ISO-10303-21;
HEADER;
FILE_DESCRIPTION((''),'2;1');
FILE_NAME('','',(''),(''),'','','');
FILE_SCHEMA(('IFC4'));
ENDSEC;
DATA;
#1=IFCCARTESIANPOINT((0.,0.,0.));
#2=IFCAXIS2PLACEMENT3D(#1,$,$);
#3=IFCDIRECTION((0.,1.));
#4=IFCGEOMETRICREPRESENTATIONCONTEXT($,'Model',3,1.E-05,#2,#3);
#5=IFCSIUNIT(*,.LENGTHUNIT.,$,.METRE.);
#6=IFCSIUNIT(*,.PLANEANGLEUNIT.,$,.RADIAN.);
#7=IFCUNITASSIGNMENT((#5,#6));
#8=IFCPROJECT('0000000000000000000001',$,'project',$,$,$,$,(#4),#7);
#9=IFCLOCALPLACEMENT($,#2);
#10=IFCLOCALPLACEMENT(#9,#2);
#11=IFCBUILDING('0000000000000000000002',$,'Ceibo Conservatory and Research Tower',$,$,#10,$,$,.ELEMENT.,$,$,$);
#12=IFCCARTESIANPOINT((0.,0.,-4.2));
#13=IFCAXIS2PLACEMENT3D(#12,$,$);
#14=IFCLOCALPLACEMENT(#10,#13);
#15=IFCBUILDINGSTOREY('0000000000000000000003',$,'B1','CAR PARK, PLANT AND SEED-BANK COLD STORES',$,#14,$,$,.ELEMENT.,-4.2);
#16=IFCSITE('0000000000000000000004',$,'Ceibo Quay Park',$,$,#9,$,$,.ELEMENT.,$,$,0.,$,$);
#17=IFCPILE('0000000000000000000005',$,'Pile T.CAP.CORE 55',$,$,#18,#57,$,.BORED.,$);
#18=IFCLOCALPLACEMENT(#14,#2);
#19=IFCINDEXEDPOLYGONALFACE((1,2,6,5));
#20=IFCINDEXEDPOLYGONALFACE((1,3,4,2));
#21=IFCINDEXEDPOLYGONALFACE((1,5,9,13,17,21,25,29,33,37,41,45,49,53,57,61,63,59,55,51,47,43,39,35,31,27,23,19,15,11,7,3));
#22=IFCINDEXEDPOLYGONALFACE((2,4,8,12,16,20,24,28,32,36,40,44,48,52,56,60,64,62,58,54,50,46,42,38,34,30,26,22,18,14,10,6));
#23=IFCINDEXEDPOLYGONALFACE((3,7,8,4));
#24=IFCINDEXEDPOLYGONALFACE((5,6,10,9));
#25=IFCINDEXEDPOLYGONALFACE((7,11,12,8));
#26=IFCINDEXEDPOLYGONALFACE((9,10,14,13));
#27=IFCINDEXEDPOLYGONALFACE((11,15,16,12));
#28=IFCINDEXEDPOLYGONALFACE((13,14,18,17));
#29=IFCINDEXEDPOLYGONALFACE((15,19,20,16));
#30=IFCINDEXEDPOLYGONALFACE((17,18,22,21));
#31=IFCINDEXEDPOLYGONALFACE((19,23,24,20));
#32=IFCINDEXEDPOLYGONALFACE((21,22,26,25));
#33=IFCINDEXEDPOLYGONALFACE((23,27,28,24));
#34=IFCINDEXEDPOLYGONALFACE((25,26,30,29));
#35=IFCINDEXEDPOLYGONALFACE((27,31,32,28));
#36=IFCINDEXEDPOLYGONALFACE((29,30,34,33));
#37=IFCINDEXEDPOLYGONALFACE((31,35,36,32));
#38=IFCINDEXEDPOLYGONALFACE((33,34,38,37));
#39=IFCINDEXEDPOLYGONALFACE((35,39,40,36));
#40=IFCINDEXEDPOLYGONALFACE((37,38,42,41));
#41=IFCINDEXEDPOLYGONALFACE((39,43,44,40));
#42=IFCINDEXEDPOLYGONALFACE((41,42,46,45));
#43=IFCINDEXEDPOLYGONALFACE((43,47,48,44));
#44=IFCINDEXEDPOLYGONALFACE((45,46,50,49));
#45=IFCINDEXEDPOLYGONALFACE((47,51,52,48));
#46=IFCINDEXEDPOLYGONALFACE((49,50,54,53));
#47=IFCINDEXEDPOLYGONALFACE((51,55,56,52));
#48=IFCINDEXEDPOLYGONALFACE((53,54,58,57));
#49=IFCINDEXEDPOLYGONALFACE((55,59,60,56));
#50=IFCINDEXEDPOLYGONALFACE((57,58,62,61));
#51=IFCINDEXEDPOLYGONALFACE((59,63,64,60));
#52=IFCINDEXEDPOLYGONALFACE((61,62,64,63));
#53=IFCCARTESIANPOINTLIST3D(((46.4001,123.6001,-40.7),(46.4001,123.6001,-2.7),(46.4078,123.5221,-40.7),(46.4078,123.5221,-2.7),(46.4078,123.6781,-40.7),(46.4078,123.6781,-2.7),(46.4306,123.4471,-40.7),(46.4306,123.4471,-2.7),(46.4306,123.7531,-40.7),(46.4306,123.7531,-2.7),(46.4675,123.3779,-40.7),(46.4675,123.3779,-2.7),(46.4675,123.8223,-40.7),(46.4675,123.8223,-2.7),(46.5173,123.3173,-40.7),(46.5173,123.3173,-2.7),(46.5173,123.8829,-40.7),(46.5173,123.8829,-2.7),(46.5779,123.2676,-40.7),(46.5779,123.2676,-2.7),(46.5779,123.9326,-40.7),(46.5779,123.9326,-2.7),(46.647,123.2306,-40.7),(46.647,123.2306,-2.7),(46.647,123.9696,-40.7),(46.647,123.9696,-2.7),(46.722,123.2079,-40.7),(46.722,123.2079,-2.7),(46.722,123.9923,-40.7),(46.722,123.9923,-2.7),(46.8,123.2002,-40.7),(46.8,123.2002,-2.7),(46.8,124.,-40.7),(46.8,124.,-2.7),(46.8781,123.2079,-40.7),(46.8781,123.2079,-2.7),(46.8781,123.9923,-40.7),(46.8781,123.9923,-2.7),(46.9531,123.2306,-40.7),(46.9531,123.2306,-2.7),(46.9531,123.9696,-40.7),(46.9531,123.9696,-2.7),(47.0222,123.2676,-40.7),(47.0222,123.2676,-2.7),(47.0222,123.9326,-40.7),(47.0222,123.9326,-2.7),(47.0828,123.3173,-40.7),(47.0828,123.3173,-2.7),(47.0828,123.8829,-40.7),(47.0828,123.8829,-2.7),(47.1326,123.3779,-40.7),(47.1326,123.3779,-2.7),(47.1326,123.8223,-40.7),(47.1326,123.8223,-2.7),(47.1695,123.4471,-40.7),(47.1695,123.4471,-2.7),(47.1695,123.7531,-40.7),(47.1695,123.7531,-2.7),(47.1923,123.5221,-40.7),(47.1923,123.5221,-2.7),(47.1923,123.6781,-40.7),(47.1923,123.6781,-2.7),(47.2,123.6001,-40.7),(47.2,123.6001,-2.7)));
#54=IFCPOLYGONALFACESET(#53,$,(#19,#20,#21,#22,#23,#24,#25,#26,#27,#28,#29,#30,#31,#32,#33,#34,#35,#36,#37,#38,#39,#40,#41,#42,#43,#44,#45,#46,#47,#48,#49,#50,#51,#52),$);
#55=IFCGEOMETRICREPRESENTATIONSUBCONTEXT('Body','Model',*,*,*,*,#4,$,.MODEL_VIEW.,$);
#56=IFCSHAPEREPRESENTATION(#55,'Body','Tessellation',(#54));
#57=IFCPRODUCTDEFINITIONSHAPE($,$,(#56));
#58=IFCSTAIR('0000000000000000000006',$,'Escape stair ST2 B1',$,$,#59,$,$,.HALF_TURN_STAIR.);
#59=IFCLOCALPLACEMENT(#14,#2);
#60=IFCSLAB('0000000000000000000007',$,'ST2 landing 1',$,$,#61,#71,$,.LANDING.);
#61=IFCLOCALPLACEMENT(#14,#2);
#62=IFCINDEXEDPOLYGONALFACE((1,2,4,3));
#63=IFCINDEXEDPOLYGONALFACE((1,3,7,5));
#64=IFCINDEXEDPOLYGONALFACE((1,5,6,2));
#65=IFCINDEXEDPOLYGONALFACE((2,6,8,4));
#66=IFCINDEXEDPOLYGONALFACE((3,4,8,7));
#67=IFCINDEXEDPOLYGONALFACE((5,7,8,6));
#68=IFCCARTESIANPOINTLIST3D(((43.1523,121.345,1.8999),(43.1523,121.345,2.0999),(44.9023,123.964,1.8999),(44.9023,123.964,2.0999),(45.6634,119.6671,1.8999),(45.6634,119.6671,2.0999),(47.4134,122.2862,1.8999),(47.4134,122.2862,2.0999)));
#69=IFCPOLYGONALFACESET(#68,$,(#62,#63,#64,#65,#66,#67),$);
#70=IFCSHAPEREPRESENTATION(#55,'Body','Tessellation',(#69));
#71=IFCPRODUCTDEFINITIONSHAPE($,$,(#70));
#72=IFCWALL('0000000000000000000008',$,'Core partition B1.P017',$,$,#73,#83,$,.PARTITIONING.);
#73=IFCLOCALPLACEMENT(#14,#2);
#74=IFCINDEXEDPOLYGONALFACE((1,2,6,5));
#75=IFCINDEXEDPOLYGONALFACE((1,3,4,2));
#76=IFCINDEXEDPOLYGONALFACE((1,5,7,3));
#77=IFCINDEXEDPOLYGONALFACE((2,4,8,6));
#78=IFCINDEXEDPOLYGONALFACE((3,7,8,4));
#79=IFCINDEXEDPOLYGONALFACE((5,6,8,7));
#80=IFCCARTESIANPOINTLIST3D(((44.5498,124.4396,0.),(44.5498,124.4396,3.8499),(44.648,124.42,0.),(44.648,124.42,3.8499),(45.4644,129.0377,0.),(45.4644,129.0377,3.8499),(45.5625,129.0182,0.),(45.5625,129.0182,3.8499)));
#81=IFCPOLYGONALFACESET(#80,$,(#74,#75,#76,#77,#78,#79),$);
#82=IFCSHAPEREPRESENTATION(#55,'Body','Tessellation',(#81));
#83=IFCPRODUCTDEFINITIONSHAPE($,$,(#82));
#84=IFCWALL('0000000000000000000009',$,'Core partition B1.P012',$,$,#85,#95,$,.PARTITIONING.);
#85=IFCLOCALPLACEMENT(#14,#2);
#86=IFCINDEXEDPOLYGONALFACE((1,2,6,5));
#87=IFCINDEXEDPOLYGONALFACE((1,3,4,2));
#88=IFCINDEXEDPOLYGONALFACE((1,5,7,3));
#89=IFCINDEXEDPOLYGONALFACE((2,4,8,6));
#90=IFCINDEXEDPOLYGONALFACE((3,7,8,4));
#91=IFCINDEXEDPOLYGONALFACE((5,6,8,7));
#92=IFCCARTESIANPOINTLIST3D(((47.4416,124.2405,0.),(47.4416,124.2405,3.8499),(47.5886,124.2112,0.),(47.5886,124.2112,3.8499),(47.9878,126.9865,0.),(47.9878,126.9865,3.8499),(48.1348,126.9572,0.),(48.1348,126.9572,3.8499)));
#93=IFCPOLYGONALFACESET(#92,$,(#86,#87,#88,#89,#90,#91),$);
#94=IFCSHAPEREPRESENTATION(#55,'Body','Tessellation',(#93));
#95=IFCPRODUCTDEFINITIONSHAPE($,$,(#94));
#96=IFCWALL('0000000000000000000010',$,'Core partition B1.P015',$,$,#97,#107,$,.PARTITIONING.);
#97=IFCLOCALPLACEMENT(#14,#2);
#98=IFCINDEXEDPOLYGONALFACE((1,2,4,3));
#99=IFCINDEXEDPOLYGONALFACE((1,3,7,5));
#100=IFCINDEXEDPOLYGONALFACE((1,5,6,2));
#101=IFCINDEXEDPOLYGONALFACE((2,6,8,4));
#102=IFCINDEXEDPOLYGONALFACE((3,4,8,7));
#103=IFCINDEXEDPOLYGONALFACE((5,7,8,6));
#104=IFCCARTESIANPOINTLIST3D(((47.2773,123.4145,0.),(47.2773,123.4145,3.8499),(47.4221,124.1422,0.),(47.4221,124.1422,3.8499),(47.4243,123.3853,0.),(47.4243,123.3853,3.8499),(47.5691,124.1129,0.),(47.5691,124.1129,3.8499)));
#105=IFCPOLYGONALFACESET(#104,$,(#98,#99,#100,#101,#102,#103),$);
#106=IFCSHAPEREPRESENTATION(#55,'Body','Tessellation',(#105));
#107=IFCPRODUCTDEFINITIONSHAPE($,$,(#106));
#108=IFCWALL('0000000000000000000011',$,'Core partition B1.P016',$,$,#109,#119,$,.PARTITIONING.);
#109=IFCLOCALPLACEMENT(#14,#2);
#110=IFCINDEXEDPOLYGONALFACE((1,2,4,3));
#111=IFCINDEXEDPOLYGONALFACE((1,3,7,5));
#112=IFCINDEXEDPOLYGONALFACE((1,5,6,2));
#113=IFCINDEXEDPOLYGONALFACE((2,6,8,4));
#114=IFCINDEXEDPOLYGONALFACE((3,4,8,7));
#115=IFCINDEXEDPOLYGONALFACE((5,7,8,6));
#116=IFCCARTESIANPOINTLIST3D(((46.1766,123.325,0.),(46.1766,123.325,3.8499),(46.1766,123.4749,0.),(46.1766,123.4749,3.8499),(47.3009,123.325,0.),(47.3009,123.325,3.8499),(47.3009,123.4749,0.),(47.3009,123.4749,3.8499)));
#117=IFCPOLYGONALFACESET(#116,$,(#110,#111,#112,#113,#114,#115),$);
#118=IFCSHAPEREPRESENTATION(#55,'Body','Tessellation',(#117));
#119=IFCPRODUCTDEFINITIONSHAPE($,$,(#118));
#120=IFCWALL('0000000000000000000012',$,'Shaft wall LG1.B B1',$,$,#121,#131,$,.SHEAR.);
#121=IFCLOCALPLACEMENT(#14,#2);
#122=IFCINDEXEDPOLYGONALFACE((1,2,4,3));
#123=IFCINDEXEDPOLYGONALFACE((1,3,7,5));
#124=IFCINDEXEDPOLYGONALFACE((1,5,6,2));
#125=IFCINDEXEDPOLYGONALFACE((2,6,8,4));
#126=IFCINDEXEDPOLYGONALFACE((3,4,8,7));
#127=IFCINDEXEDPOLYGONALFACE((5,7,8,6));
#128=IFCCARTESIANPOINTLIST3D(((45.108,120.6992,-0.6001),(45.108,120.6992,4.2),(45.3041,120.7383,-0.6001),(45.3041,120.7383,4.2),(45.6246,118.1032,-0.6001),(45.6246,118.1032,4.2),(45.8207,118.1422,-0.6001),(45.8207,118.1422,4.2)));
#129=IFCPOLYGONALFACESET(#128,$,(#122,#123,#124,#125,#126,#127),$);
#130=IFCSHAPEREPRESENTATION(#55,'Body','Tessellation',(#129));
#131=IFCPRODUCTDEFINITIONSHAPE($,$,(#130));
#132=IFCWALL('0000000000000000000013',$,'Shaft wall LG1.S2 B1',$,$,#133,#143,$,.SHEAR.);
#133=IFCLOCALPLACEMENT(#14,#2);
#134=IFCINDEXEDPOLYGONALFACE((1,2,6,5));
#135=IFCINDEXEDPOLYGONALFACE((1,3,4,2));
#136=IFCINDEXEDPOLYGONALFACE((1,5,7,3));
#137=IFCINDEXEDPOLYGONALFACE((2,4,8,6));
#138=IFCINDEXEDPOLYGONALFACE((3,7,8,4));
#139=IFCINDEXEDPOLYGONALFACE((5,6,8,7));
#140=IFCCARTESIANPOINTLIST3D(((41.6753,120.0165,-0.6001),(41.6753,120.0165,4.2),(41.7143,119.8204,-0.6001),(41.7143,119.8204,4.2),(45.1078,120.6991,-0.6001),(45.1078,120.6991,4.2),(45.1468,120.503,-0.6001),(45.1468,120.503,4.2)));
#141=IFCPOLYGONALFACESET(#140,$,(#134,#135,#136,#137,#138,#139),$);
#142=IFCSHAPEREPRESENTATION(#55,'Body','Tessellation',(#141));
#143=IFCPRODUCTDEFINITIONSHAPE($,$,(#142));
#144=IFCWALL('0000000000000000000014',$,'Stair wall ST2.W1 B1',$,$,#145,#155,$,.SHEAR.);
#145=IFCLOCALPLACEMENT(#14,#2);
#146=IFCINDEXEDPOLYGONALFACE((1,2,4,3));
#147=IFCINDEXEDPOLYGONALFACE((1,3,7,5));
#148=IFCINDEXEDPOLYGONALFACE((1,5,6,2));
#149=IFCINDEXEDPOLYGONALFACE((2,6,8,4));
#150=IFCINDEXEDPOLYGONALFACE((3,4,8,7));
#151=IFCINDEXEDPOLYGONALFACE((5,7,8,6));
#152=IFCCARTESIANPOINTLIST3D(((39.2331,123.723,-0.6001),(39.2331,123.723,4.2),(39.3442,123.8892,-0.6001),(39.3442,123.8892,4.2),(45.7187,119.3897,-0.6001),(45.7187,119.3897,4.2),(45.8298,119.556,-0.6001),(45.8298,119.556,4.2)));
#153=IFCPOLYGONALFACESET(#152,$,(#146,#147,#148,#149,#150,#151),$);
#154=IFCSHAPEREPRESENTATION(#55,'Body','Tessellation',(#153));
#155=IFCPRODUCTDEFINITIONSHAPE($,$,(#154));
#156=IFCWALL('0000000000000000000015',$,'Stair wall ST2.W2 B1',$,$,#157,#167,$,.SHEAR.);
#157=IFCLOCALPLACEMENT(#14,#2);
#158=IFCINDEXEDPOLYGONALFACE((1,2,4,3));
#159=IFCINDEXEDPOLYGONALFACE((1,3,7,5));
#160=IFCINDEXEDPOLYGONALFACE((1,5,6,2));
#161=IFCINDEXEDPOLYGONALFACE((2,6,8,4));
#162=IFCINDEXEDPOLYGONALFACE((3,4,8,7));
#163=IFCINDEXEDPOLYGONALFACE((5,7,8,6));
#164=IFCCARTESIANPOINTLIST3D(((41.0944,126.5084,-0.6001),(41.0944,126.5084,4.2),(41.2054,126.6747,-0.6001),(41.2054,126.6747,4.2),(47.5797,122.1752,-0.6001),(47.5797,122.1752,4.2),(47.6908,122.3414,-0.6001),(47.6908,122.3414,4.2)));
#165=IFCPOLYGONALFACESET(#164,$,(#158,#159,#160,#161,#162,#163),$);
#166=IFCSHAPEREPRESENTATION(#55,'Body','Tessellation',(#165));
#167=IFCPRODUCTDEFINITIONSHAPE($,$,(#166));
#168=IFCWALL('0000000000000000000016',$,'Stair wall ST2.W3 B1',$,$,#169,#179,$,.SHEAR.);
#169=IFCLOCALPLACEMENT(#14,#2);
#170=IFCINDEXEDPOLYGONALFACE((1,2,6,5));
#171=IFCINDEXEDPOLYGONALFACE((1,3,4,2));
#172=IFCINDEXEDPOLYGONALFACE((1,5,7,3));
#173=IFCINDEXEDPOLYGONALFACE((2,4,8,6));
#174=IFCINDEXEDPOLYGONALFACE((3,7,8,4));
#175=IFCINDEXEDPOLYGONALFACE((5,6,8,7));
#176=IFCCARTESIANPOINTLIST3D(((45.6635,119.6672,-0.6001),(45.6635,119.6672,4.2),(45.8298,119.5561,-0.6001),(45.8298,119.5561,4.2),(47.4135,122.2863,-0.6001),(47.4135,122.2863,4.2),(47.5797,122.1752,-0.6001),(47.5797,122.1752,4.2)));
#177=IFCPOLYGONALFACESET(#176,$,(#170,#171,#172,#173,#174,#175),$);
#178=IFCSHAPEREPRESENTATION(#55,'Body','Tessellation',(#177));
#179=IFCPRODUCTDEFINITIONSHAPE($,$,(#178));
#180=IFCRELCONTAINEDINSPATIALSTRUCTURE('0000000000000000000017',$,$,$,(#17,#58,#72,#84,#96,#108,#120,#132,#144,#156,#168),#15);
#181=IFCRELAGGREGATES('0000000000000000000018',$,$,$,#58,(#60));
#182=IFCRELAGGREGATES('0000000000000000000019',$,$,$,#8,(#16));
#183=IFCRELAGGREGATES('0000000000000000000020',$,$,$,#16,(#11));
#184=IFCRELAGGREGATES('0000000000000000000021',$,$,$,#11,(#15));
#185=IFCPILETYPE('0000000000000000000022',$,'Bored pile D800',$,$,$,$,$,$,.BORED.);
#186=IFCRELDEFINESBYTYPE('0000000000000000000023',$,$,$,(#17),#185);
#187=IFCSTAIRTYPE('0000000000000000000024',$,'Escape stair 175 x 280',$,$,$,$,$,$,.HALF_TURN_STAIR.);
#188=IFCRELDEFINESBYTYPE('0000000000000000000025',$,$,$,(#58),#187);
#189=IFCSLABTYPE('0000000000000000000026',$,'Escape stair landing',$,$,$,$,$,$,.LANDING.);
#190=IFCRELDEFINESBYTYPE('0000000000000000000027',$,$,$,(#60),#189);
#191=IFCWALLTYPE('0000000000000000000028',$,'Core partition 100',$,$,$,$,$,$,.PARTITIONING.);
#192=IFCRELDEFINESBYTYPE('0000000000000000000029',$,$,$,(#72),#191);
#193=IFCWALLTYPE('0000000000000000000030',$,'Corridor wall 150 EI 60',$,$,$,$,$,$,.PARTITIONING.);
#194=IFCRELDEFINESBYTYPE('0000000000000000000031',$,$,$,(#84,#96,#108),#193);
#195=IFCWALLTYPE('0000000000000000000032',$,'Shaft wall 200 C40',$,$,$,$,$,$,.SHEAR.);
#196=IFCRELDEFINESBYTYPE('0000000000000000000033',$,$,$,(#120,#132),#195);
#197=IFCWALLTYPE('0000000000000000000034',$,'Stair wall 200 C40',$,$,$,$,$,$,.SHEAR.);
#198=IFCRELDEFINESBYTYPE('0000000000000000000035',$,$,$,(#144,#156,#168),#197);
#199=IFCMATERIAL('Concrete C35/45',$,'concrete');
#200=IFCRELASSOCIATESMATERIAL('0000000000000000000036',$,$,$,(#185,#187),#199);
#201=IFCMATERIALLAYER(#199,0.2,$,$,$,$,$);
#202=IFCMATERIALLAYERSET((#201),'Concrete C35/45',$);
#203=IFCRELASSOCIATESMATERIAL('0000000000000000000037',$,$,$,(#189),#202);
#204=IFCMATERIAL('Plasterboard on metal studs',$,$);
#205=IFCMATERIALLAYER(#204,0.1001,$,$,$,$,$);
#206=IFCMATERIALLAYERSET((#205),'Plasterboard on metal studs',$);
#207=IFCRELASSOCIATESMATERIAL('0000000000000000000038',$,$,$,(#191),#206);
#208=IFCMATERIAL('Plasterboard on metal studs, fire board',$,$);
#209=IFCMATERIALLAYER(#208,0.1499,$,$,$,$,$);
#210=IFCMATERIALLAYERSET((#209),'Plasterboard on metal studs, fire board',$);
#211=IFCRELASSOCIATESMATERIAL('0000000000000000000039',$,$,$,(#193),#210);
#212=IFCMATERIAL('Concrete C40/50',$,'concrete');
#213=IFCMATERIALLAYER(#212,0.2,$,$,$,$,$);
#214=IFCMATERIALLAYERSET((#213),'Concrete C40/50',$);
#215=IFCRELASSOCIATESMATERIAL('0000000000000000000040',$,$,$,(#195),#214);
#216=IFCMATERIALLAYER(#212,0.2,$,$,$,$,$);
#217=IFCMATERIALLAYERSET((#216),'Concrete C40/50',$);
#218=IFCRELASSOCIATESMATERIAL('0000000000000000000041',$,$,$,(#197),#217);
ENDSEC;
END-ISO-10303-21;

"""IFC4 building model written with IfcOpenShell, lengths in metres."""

from ifc_helpers import new_model, si_unit, direction, frame, frame_2d, origin, origin_2d, place, context, subcontext, project, spatial, polyline, rectangle, circle, outline, extrude, material, layer, layer_set, material_profile, profile_set, type_object, element, aggregate, save


model = new_model("IFC4")

# Units and contexts
model_context = context("Model", 3, precision=1e-05, world=origin(), true_north=direction((0.0, 1.0)))
body_context = subcontext(model_context, "Body", "Model", "MODEL_VIEW")
ifc_project = project(units=[si_unit("LENGTHUNIT", "METRE"), si_unit("PLANEANGLEUNIT", "RADIAN")], contexts=[model_context])

# Site, building, storey
site_placement = place(None, origin())
site = spatial("IfcSite", under=ifc_project, at=site_placement, Name="Ceibo Quay Park", CompositionType="ELEMENT", RefElevation=0.0)
building_placement = place(site_placement, origin())
building = spatial("IfcBuilding", under=site, at=building_placement, Name="Ceibo Conservatory and Research Tower", CompositionType="ELEMENT")
storey_placement = place(building_placement, frame((0.0, 0.0, -4.2)))
storey = spatial("IfcBuildingStorey", under=building, at=storey_placement, Name="B1", Description="CAR PARK, PLANT AND SEED-BANK COLD STORES", CompositionType="ELEMENT", Elevation=-4.2)

# Pile
ifc_material_1 = material(Name="Concrete C35/45", Category="concrete")
ifc_material_profile = material_profile(ifc_material_1, circle(Radius=0.3999, at=origin_2d()), Name="RC D800")
ifc_profile_set = profile_set([ifc_material_profile], Name="Concrete C35/45")
pile_type = type_object("IfcPileType", Name="Bored pile D800", PredefinedType="BORED", material=ifc_profile_set)
for number, where, z_axis, x_axis, name in (
    (1, (46.8, 123.6001, -2.7), (0.0, 0.0, -1.0), (1.0, 0.0, 0.0), "Pile T.CAP.CORE 55"),
):
    element("IfcPile", number, at=place(storey_placement, frame(where, z_axis=z_axis, x_axis=x_axis)), inside=storey, type_object=pile_type, Name=name, PredefinedType="BORED", context=body_context, shape_type="SweptSolid", body=[
        extrude(circle(Radius=0.3999, at=origin_2d()), origin(), (0.0, 0.0, 1.0), 38.0),
    ])

# Stair, slab
stair_type = type_object("IfcStairType", Name="Escape stair 175 x 280", PredefinedType="HALF_TURN_STAIR", material=ifc_material_1)
stair_placement = place(storey_placement, origin())
stair = element("IfcStair", 2, at=stair_placement, inside=storey, type_object=stair_type, Name="Escape stair ST2 B1", PredefinedType="HALF_TURN_STAIR")
ifc_layer_1 = layer(ifc_material_1, 0.2)
ifc_layer_set_1 = layer_set([ifc_layer_1], Name="Concrete C35/45")
slab_type = type_object("IfcSlabType", Name="Escape stair landing", PredefinedType="LANDING", material=ifc_layer_set_1)
slab_placement = place(storey_placement, frame((43.1523, 121.345, 1.8999), z_axis=(0.0, 0.0, 1.0), x_axis=(0.83147, -0.55557, 0.0)))
slab = element("IfcSlab", 3, at=slab_placement, type_object=slab_type, Name="ST2 landing 1", PredefinedType="LANDING", context=body_context, shape_type="SweptSolid", body=[
    extrude(outline(polyline([(0.0, 0.0), (3.02, 0.0), (3.02, 3.1499), (0.0, 3.1499), (0.0, 0.0)])), origin(), (0.0, 0.0, 1.0), 0.2),
])

# Walls
ifc_material_2 = material(Name="Plasterboard on metal studs")
ifc_layer_2 = layer(ifc_material_2, 0.1001)
ifc_layer_set_2 = layer_set([ifc_layer_2], Name="Plasterboard on metal studs")
wall_type_1 = type_object("IfcWallType", Name="Core partition 100", PredefinedType="PARTITIONING", material=ifc_layer_set_2)
wall_1_placement = place(storey_placement, frame((44.5989, 124.4297, 0.0), z_axis=(0.0, 0.0, 1.0), x_axis=(0.195075, 0.980788, 0.0)))
element("IfcWall", 4, at=wall_1_placement, inside=storey, type_object=wall_type_1, Name="Core partition B1.P017", PredefinedType="PARTITIONING", context=body_context, shape_type="SweptSolid", body=[
    extrude(rectangle(XDim=4.6882, YDim=0.1001, at=frame_2d((2.3442, 0.0))), origin(), (0.0, 0.0, 1.0), 3.8499),
])
ifc_material_3 = material(Name="Plasterboard on metal studs, fire board")
ifc_layer_3 = layer(ifc_material_3, 0.1499)
ifc_layer_set_3 = layer_set([ifc_layer_3], Name="Plasterboard on metal studs, fire board")
wall_type_2 = type_object("IfcWallType", Name="Corridor wall 150 EI 60", PredefinedType="PARTITIONING", material=ifc_layer_set_3)
wall_2_placement = place(storey_placement, frame((47.5151, 124.2258, 0.0), z_axis=(0.0, 0.0, 1.0), x_axis=(0.19506, 0.980791, 0.0)))
element("IfcWall", 5, at=wall_2_placement, inside=storey, type_object=wall_type_2, Name="Core partition B1.P012", PredefinedType="PARTITIONING", context=body_context, shape_type="SweptSolid", body=[
    extrude(rectangle(XDim=2.7998, YDim=0.1499, at=frame_2d((1.3999, 0.0))), origin(), (0.0, 0.0, 1.0), 3.8499),
])
wall_3_placement = place(storey_placement, frame((47.4956, 124.1277, 0.0), z_axis=(0.0, 0.0, 1.0), x_axis=(-0.195104, -0.980783, 0.0)))
element("IfcWall", 6, at=wall_3_placement, inside=storey, type_object=wall_type_2, Name="Core partition B1.P015", PredefinedType="PARTITIONING", context=body_context, shape_type="SweptSolid", body=[
    extrude(rectangle(XDim=0.7419, YDim=0.1499, at=frame_2d((0.3711, 0.0))), origin(), (0.0, 0.0, 1.0), 3.8499),
])
wall_4_placement = place(storey_placement, frame((47.3008, 123.3999, 0.0), z_axis=(0.0, 0.0, 1.0), x_axis=(-1.0, 0.0, 0.0)))
element("IfcWall", 7, at=wall_4_placement, inside=storey, type_object=wall_type_2, Name="Core partition B1.P016", PredefinedType="PARTITIONING", context=body_context, shape_type="SweptSolid", body=[
    extrude(rectangle(XDim=1.1243, YDim=0.1499, at=frame_2d((0.562, 0.0))), origin(), (0.0, 0.0, 1.0), 3.8499),
])
ifc_material_4 = material(Name="Concrete C40/50", Category="concrete")
ifc_layer_4 = layer(ifc_material_4, 0.2)
ifc_layer_set_4 = layer_set([ifc_layer_4], Name="Concrete C40/50")
wall_type_3 = type_object("IfcWallType", Name="Shaft wall 200 C40", PredefinedType="SHEAR", material=ifc_layer_set_4)
wall_5_placement = place(storey_placement, frame((45.2061, 120.7188, -0.6001), z_axis=(0.0, 0.0, 1.0), x_axis=(0.195158, -0.980772, 0.0)))
element("IfcWall", 8, at=wall_5_placement, inside=storey, type_object=wall_type_3, Name="Shaft wall LG1.B B1", PredefinedType="SHEAR", context=body_context, shape_type="SweptSolid", body=[
    extrude(rectangle(XDim=2.647, YDim=0.2, at=frame_2d((1.3235, 0.0))), origin(), (0.0, 0.0, 1.0), 4.8),
])
wall_6_placement = place(storey_placement, frame((45.1274, 120.6011, -0.6001), z_axis=(0.0, 0.0, 1.0), x_axis=(-0.980795, -0.195043, 0.0)))
element("IfcWall", 9, at=wall_6_placement, inside=storey, type_object=wall_type_3, Name="Shaft wall LG1.S2 B1", PredefinedType="SHEAR", context=body_context, shape_type="SweptSolid", body=[
    extrude(rectangle(XDim=3.4998, YDim=0.2, at=frame_2d((1.75, 0.0))), origin(), (0.0, 0.0, 1.0), 4.8),
])
ifc_layer_5 = layer(ifc_material_4, 0.2)
ifc_layer_set_5 = layer_set([ifc_layer_5], Name="Concrete C40/50")
wall_type_4 = type_object("IfcWallType", Name="Stair wall 200 C40", PredefinedType="SHEAR", material=ifc_layer_set_5)
wall_7_placement = place(storey_placement, frame((45.7742, 119.4729, -0.6001), z_axis=(0.0, 0.0, 1.0), x_axis=(-0.831486, 0.555545, 0.0)))
element("IfcWall", 10, at=wall_7_placement, inside=storey, type_object=wall_type_4, Name="Stair wall ST2.W1 B1", PredefinedType="SHEAR", context=body_context, shape_type="SweptSolid", body=[
    extrude(rectangle(XDim=7.8, YDim=0.2, at=frame_2d((3.8999, 0.0))), origin(), (0.0, 0.0, 1.0), 4.8),
])
wall_8_placement = place(storey_placement, frame((47.6353, 122.2583, -0.6001), z_axis=(0.0, 0.0, 1.0), x_axis=(-0.831477, 0.555559, 0.0)))
element("IfcWall", 11, at=wall_8_placement, inside=storey, type_object=wall_type_4, Name="Stair wall ST2.W2 B1", PredefinedType="SHEAR", context=body_context, shape_type="SweptSolid", body=[
    extrude(rectangle(XDim=7.7998, YDim=0.2, at=frame_2d((3.8999, 0.0))), origin(), (0.0, 0.0, 1.0), 4.8),
])
wall_9_placement = place(storey_placement, frame((47.4966, 122.2307, -0.6001), z_axis=(0.0, 0.0, 1.0), x_axis=(-0.555558, -0.831478, 0.0)))
element("IfcWall", 12, at=wall_9_placement, inside=storey, type_object=wall_type_4, Name="Stair wall ST2.W3 B1", PredefinedType="SHEAR", context=body_context, shape_type="SweptSolid", body=[
    extrude(rectangle(XDim=3.1499, YDim=0.2, at=frame_2d((1.575, 0.0))), origin(), (0.0, 0.0, 1.0), 4.8),
])

aggregate(stair, [slab])

save(model, "model.ifc")
